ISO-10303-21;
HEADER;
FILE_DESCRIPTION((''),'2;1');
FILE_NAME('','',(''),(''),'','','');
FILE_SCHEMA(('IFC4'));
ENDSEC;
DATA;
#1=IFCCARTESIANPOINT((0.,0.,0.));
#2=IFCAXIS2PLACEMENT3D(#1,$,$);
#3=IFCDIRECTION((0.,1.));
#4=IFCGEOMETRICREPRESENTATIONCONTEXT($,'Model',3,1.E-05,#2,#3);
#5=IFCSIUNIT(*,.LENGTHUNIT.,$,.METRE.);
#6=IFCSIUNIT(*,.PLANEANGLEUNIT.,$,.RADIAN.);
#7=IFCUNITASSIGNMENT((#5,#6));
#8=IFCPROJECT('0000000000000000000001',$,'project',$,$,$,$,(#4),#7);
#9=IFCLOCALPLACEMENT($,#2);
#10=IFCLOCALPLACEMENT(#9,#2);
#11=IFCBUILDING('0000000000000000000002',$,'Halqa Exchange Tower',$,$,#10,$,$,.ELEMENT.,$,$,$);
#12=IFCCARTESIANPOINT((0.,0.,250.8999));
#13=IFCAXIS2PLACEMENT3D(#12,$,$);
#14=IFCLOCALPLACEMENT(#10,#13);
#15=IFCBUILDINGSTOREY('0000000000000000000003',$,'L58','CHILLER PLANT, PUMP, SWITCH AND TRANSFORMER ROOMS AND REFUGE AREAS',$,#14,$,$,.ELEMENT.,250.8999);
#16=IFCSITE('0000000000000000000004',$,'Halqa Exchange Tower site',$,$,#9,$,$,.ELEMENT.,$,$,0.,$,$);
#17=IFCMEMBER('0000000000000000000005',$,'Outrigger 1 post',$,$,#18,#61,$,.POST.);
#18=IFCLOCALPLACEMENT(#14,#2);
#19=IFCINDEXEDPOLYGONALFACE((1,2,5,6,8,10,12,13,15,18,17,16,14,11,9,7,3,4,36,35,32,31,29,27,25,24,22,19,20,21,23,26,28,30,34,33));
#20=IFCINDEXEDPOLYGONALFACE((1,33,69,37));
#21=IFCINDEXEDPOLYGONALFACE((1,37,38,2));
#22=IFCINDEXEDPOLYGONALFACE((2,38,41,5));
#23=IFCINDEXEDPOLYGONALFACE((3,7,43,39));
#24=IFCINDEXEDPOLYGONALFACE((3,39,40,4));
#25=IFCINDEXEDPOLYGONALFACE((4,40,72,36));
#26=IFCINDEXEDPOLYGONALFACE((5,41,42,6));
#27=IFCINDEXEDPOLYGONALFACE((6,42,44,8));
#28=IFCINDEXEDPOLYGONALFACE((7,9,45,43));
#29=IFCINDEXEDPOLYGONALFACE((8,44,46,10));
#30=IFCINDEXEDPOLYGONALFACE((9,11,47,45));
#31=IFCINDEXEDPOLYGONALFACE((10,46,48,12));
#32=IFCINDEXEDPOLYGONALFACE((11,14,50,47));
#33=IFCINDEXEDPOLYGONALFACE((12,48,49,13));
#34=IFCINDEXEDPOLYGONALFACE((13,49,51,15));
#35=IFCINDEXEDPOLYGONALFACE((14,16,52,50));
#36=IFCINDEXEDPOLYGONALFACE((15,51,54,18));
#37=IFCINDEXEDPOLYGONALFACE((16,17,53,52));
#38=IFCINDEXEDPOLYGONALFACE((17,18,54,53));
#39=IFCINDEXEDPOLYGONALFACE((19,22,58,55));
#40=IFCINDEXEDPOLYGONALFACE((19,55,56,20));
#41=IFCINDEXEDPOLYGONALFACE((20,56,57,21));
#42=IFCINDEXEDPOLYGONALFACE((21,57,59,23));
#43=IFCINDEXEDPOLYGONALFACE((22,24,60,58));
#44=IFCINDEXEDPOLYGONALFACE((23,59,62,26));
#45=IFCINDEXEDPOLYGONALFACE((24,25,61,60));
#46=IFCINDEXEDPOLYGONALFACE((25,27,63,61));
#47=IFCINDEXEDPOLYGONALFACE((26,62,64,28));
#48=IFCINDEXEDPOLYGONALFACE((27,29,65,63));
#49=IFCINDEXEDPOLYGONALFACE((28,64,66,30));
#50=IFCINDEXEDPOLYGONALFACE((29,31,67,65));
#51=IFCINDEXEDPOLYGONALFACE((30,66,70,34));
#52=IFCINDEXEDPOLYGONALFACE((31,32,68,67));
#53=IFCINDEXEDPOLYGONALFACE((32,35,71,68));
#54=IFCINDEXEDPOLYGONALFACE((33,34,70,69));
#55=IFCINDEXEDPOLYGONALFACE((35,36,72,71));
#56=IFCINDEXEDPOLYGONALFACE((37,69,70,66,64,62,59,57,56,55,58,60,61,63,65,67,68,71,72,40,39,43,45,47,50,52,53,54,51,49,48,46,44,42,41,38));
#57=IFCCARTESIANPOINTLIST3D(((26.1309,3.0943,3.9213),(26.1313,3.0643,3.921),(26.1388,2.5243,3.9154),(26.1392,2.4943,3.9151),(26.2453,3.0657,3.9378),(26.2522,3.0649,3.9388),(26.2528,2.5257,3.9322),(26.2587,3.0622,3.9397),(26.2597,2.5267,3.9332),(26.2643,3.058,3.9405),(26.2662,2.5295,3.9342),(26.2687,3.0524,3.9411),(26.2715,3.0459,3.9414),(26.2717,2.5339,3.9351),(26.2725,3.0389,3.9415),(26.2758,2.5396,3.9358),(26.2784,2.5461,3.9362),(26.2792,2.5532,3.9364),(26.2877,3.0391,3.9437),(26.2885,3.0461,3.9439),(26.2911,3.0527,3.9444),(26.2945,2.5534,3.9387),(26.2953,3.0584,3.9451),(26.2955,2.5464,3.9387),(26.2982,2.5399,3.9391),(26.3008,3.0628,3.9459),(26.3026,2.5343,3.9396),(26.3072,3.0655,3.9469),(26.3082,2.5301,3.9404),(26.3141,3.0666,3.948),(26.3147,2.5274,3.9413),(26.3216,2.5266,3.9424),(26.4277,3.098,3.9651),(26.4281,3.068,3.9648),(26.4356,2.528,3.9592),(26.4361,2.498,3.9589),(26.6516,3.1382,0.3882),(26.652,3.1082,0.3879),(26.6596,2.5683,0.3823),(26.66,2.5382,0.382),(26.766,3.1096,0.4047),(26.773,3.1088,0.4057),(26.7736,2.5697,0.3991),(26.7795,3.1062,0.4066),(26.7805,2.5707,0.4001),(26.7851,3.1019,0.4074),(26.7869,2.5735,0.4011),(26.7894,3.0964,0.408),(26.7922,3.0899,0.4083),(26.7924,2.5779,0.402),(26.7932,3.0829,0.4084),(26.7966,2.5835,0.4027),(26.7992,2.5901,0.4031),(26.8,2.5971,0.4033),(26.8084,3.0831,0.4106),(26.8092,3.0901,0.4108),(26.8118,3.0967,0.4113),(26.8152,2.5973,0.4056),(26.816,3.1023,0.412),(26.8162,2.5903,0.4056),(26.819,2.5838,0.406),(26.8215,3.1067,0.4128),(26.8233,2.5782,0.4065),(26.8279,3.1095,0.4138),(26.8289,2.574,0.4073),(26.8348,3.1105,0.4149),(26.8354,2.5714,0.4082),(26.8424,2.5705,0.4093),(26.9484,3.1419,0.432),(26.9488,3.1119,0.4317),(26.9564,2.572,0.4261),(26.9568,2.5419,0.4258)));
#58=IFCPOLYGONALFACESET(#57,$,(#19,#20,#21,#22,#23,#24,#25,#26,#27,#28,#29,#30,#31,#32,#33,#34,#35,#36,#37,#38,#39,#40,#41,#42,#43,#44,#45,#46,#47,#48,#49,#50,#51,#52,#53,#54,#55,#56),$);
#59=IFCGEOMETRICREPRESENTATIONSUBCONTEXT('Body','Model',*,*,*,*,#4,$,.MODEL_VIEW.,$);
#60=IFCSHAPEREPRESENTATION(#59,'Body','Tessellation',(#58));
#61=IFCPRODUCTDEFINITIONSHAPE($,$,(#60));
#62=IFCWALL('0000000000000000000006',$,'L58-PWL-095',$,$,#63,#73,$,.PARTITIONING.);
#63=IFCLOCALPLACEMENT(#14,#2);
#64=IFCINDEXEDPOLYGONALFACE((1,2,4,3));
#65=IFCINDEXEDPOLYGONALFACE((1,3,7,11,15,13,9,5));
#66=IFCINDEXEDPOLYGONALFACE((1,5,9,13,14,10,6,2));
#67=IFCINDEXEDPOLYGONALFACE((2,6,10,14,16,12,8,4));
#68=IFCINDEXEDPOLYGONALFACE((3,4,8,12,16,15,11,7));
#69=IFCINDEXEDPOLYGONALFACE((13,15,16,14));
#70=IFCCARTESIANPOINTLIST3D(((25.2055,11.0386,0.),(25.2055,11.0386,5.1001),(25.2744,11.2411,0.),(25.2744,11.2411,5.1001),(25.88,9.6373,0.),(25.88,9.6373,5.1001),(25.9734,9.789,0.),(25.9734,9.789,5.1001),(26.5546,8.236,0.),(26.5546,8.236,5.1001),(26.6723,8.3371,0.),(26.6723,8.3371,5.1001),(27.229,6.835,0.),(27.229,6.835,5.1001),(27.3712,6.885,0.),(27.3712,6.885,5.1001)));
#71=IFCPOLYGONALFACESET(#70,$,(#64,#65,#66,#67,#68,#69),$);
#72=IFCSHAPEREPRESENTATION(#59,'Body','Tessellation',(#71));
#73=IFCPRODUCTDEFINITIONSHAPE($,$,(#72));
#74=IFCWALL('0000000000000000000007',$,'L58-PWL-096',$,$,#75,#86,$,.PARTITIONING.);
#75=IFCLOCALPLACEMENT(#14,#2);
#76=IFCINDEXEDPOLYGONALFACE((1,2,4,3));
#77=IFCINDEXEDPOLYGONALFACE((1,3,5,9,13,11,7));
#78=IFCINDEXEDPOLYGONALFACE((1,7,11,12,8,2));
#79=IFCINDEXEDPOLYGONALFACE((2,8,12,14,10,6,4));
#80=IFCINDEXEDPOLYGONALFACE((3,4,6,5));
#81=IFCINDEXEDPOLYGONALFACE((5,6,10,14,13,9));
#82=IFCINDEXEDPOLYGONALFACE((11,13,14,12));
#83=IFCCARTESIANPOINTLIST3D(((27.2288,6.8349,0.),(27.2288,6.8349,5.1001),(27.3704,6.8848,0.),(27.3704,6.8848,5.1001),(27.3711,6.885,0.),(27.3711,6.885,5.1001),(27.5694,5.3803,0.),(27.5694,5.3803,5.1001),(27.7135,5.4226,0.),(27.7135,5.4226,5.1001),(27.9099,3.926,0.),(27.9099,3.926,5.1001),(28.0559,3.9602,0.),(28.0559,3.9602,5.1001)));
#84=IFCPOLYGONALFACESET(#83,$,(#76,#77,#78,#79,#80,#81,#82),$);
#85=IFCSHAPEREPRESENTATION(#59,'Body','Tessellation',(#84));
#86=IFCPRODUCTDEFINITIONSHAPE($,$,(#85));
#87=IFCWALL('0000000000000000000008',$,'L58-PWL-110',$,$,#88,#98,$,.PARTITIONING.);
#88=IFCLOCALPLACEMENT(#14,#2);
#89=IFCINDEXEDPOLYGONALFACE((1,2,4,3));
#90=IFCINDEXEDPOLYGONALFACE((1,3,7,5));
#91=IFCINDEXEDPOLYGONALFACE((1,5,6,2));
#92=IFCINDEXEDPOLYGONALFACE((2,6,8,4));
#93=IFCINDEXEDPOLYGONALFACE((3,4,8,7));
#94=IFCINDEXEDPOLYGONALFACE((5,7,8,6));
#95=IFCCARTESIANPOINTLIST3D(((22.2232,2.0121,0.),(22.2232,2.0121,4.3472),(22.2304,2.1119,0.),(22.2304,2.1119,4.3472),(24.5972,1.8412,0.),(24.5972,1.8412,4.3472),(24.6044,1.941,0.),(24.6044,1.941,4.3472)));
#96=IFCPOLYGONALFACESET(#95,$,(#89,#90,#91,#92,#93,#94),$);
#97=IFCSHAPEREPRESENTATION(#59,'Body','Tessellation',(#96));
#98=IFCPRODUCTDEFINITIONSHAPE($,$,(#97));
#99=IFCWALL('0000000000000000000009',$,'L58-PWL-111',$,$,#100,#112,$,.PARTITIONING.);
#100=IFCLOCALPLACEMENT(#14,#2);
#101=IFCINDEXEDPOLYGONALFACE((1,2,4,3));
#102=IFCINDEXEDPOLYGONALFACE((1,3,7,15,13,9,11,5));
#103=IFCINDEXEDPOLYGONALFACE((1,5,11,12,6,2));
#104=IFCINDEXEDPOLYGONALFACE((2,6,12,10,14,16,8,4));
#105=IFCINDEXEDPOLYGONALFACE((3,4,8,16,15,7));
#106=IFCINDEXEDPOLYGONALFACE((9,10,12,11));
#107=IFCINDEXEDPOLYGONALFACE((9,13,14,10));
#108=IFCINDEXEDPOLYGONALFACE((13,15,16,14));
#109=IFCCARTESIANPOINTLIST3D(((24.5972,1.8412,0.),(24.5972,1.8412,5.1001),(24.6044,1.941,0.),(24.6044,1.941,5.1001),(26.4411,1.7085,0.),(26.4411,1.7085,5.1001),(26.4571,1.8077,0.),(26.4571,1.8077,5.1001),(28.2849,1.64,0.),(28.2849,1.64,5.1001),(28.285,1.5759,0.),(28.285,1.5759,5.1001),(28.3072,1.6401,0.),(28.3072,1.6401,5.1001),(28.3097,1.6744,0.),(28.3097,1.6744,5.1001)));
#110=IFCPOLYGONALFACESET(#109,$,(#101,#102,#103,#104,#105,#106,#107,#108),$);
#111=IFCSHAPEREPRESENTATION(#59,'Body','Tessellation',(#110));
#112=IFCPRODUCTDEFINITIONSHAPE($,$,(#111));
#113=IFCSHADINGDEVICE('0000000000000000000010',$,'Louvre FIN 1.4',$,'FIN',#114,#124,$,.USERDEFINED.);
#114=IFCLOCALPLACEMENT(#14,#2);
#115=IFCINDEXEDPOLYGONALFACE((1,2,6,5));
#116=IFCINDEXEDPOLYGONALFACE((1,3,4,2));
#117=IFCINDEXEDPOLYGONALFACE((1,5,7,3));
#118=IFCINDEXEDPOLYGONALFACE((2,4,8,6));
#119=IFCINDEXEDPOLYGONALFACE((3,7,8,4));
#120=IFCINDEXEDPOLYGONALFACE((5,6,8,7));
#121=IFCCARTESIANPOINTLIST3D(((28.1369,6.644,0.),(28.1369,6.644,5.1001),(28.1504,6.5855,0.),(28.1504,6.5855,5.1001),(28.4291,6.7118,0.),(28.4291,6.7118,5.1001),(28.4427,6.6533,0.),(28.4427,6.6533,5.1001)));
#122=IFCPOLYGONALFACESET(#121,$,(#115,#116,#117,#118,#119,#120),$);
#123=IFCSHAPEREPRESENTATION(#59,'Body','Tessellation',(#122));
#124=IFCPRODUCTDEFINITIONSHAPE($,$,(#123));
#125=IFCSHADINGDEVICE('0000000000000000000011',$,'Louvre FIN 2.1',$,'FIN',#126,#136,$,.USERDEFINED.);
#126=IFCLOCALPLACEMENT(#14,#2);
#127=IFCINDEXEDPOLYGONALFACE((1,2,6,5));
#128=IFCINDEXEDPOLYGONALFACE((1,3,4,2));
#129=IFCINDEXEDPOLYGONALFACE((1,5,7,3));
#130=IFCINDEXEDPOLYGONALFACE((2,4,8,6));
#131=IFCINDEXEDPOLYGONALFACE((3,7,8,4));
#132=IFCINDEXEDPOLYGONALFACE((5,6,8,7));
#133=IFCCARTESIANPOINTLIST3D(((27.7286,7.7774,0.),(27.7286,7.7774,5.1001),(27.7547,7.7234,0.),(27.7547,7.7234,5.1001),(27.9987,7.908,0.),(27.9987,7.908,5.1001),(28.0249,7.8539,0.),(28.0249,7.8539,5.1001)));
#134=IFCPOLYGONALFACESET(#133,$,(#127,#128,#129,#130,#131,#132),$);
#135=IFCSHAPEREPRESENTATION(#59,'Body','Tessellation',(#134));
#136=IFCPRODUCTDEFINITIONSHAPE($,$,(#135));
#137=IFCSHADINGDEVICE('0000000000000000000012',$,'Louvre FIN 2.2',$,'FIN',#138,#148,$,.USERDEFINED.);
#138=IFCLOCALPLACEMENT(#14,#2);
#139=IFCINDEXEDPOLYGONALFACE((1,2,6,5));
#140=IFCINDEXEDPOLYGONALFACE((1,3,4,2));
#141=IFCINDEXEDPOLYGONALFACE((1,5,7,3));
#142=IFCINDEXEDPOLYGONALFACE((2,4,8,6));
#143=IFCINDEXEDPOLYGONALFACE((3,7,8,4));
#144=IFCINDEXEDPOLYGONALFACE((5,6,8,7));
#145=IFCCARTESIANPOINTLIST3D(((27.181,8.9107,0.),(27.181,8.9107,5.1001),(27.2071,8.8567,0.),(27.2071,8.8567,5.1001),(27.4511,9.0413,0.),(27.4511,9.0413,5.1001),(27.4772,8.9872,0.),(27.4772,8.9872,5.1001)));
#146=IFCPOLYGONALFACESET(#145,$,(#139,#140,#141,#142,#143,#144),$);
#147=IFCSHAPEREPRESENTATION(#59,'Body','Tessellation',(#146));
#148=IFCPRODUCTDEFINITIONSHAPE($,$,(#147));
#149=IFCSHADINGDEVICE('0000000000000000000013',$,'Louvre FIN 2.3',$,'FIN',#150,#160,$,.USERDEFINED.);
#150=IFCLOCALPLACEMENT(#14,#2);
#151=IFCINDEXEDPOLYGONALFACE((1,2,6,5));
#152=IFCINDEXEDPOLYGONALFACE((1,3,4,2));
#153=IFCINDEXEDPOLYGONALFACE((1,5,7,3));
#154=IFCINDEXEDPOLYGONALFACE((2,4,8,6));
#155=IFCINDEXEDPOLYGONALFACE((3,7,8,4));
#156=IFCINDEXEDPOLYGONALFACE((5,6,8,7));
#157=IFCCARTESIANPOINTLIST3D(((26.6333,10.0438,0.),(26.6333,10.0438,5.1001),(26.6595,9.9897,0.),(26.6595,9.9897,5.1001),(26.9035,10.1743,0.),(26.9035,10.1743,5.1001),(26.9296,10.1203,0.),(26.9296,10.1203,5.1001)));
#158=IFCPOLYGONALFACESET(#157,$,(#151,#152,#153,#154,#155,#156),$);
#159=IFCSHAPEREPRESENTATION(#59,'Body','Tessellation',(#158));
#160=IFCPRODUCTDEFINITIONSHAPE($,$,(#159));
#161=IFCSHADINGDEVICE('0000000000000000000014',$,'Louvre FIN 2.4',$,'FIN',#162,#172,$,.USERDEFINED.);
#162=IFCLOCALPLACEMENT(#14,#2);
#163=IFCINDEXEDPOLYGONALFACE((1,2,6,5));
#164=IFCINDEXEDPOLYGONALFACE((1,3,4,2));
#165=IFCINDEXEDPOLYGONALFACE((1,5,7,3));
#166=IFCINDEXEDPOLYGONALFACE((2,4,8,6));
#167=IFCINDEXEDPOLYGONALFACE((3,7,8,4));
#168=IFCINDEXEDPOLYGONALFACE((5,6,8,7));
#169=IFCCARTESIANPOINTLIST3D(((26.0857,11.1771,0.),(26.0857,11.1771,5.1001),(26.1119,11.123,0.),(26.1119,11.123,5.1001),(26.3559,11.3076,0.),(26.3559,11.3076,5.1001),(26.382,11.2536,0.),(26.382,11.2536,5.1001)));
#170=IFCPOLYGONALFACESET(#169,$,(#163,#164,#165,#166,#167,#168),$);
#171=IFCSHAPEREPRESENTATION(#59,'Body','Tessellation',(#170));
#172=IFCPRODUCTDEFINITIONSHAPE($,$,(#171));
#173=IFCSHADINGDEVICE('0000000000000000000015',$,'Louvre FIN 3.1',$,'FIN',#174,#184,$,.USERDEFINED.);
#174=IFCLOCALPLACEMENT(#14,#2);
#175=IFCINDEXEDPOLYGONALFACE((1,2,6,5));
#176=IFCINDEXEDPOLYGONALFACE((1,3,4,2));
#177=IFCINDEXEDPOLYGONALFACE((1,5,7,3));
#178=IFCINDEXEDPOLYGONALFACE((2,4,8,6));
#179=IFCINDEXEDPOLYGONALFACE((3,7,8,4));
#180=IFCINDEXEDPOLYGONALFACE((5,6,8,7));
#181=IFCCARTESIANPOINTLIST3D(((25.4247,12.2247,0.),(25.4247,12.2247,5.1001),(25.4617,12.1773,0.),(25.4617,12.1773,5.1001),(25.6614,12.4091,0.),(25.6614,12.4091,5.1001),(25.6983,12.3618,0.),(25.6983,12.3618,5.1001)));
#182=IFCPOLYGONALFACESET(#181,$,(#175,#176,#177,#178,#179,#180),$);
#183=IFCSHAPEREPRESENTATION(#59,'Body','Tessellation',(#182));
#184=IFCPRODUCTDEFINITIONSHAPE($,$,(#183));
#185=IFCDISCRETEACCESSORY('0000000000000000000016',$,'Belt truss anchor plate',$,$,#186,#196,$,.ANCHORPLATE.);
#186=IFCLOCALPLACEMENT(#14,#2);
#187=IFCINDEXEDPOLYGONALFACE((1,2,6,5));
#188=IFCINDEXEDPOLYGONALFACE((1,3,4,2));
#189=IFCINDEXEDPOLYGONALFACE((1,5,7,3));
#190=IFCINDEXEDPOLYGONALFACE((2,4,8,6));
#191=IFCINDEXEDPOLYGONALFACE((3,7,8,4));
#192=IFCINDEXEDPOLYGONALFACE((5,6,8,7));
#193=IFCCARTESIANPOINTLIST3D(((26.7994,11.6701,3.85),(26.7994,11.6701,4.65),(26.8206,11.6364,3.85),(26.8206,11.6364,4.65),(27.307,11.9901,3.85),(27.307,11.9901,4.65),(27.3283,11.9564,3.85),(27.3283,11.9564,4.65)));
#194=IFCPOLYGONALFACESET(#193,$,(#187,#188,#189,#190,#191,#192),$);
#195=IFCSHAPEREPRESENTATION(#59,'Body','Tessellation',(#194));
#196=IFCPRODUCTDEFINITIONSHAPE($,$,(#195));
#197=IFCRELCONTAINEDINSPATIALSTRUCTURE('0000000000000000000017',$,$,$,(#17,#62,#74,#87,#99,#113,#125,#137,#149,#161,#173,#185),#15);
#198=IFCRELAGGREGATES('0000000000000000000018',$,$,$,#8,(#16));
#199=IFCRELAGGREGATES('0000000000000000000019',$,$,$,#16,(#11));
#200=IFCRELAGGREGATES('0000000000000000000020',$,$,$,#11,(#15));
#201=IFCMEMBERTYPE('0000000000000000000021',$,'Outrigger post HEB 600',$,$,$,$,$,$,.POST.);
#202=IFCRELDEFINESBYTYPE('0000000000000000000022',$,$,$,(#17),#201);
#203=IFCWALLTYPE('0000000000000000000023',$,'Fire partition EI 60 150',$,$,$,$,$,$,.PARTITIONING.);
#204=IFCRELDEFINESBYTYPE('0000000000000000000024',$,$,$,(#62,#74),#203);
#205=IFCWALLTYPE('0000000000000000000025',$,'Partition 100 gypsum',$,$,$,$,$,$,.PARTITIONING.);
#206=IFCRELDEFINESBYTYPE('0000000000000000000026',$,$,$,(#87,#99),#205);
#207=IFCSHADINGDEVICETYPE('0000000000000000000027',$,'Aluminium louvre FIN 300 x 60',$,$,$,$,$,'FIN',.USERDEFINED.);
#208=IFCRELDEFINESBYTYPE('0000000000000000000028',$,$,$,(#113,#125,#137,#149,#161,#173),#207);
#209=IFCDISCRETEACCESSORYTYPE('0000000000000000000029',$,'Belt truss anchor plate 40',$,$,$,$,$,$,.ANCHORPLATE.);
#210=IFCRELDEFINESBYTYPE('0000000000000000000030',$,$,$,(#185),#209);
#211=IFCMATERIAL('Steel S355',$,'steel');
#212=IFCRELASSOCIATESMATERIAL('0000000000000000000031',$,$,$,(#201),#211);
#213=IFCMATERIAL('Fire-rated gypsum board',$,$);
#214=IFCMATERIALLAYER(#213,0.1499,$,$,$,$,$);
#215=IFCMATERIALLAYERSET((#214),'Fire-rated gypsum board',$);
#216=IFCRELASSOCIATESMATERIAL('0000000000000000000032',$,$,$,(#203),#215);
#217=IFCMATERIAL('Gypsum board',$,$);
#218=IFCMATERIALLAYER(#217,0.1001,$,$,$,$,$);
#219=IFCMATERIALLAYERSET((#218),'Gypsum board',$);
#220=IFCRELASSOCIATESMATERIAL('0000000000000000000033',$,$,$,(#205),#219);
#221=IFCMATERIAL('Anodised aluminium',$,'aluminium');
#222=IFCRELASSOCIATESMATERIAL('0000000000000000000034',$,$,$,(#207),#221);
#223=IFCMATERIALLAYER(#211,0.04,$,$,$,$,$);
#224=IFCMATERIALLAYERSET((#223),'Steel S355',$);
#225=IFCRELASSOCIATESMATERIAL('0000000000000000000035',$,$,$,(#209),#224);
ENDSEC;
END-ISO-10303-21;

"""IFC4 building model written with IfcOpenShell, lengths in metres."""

from ifc_helpers import new_model, si_unit, direction, frame, origin, origin_2d, place, context, subcontext, project, spatial, polyline, rectangle, i_section, outline, extrude, material, layer, layer_set, material_profile, profile_set, type_object, element, save


model = new_model("IFC4")

# Units and contexts
model_context = context("Model", 3, precision=1e-05, world=origin(), true_north=direction((0.0, 1.0)))
body_context = subcontext(model_context, "Body", "Model", "MODEL_VIEW")
ifc_project = project(units=[si_unit("LENGTHUNIT", "METRE"), si_unit("PLANEANGLEUNIT", "RADIAN")], contexts=[model_context])

# Site, building, storey
site_placement = place(None, origin())
site = spatial("IfcSite", under=ifc_project, at=site_placement, Name="Halqa Exchange Tower site", CompositionType="ELEMENT", RefElevation=0.0)
building_placement = place(site_placement, origin())
building = spatial("IfcBuilding", under=site, at=building_placement, Name="Halqa Exchange Tower", CompositionType="ELEMENT")
storey_placement = place(building_placement, frame((0.0, 0.0, 250.8999)))
storey = spatial("IfcBuildingStorey", under=building, at=storey_placement, Name="L58", Description="CHILLER PLANT, PUMP, SWITCH AND TRANSFORMER ROOMS AND REFUGE AREAS", CompositionType="ELEMENT", Elevation=250.8999)

# Member
ifc_material_1 = material(Name="Steel S355", Category="steel")
ifc_material_profile_1 = material_profile(ifc_material_1, i_section(OverallWidth=0.3, OverallDepth=0.6001, WebThickness=0.0154, FlangeThickness=0.03, FilletRadius=0.0271, at=origin_2d()), Name="HEB 600")
ifc_profile_set_1 = profile_set([ifc_material_profile_1], Name="Steel S355")
member_type_1 = type_object("IfcMemberType", Name="Outrigger post HEB 600", PredefinedType="POST", material=ifc_profile_set_1)
member_1_placement = place(storey_placement, frame((26.8042, 2.8401, 0.407), z_axis=(-0.145802, -0.012304, 0.989237), x_axis=(0.989215, 0.012286, 0.145951)))
element("IfcMember", 1, at=member_1_placement, inside=storey, type_object=member_type_1, Name="Outrigger 1 post", PredefinedType="POST", context=body_context, shape_type="SweptSolid", body=[
    extrude(i_section(OverallWidth=0.3, OverallDepth=0.6001, WebThickness=0.0154, FlangeThickness=0.03, FilletRadius=0.0271, at=origin_2d()), origin(), (0.0, 0.0, 1.0), 3.5715),
])

# Shared definitions
ifc_material_2 = material(Name="Fire-rated gypsum board")
ifc_layer_1 = layer(ifc_material_2, 0.1499)
ifc_layer_set_1 = layer_set([ifc_layer_1], Name="Fire-rated gypsum board")
wall_type_1 = type_object("IfcWallType", Name="Fire partition EI 60 150", PredefinedType="PARTITIONING", material=ifc_layer_set_1)

# Walls
wall_1_placement = place(storey_placement, frame((27.3037, 6.8525, 0.0), z_axis=(0.0, 0.0, 1.0), x_axis=(-0.433731, 0.901043, 0.0)))
element("IfcWall", 2, at=wall_1_placement, inside=storey, type_object=wall_type_1, Name="L58-PWL-095", PredefinedType="PARTITIONING", context=body_context, shape_type="SweptSolid", body=[
    extrude(outline(polyline([(0.0, -0.075), (1.6116, -0.075), (3.2229, -0.075), (4.8345, -0.075), (4.6819, 0.075), (3.1267, 0.075), (1.5715, 0.075), (0.0166, 0.075), (0.0, -0.075)])), origin(), (0.0, 0.0, 1.0), 5.1001),
])
wall_2_placement = place(storey_placement, frame((27.2981, 6.8679, 0.0), z_axis=(0.0, 0.0, 1.0), x_axis=(0.227975, -0.973667, 0.0)))
element("IfcWall", 3, at=wall_2_placement, inside=storey, type_object=wall_type_1, Name="L58-PWL-096", PredefinedType="PARTITIONING", context=body_context, shape_type="SweptSolid", body=[
    extrude(outline(polyline([(0.0, 0.075), (0.0, 0.0742), (0.0164, -0.075), (1.5103, -0.075), (3.0039, -0.075), (3.0039, 0.075), (1.502, 0.075), (0.0, 0.075)])), origin(), (0.0, 0.0, 1.0), 5.1001),
])
ifc_material_3 = material(Name="Gypsum board")
ifc_layer_2 = layer(ifc_material_3, 0.1001)
ifc_layer_set_2 = layer_set([ifc_layer_2], Name="Gypsum board")
wall_type_2 = type_object("IfcWallType", Name="Partition 100 gypsum", PredefinedType="PARTITIONING", material=ifc_layer_set_2)
wall_3_placement = place(storey_placement, frame((22.2268, 2.062, 0.0), z_axis=(0.0, 0.0, 1.0), x_axis=(0.997419, -0.071801, 0.0)))
element("IfcWall", 4, at=wall_3_placement, inside=storey, type_object=wall_type_2, Name="L58-PWL-110", PredefinedType="PARTITIONING", context=body_context, shape_type="SweptSolid", body=[
    extrude(outline(polyline([(0.0, 0.05), (0.0, -0.05), (2.3801, -0.05), (2.3801, 0.05), (0.0, 0.05)])), origin(), (0.0, 0.0, 1.0), 4.3472),
])
wall_4_placement = place(storey_placement, frame((24.6008, 1.8911, 0.0), z_axis=(0.0, 0.0, 1.0), x_axis=(0.997422, -0.071765, 0.0)))
element("IfcWall", 5, at=wall_4_placement, inside=storey, type_object=wall_type_2, Name="L58-PWL-111", PredefinedType="PARTITIONING", context=body_context, shape_type="SweptSolid", body=[
    extrude(outline(polyline([(0.0, -0.05), (1.8486, -0.05), (3.6973, -0.05), (3.6926, 0.0139), (3.7148, 0.0156), (3.7148, 0.05), (1.8574, 0.05), (0.0, 0.05), (0.0, -0.05)])), origin(), (0.0, 0.0, 1.0), 5.1001),
])

# Shading devices
ifc_material_4 = material(Name="Anodised aluminium", Category="aluminium")
ifc_material_profile_2 = material_profile(ifc_material_4, rectangle(XDim=0.3, YDim=0.0601, at=origin_2d()), Name="AL FIN 300x60")
ifc_profile_set_2 = profile_set([ifc_material_profile_2], Name="Anodised aluminium")
shading_device_type = type_object("IfcShadingDeviceType", Name="Aluminium louvre FIN 300 x 60", ElementType="FIN", PredefinedType="USERDEFINED", material=ifc_profile_set_2)
for number, where, z_axis, x_axis, name in (
    (6, (28.2898, 6.6487, 0.0), (0.0, 0.0, 1.0), (-0.974113, -0.226061, 0.0), "Louvre FIN 1.4"),
    (7, (27.8767, 7.8157, 0.0), (0.0, 0.0, 1.0), (-0.900386, -0.435093, 0.0), "Louvre FIN 2.1"),
    (8, (27.3291, 8.949, 0.0), (0.0, 0.0, 1.0), (-0.900386, -0.435093, 0.0), "Louvre FIN 2.2"),
    (9, (26.7815, 10.082, 0.0), (0.0, 0.0, 1.0), (-0.900386, -0.435093, 0.0), "Louvre FIN 2.3"),
    (10, (26.2339, 11.2153, 0.0), (0.0, 0.0, 1.0), (-0.900386, -0.435093, 0.0), "Louvre FIN 2.4"),
    (11, (25.5615, 12.2932, 0.0), (0.0, 0.0, 1.0), (-0.78867, -0.614817, 0.0), "Louvre FIN 3.1"),
):
    element("IfcShadingDevice", number, at=place(storey_placement, frame(where, z_axis=z_axis, x_axis=x_axis)), inside=storey, type_object=shading_device_type, Name=name, ObjectType="FIN", PredefinedType="USERDEFINED", context=body_context, shape_type="SweptSolid", body=[
        extrude(rectangle(XDim=0.3, YDim=0.0601, at=origin_2d()), origin(), (0.0, 0.0, 1.0), 5.1001),
    ])

# Discrete accessory
ifc_layer_3 = layer(ifc_material_1, 0.04)
ifc_layer_set_3 = layer_set([ifc_layer_3], Name="Steel S355")
discrete_accessory_type = type_object("IfcDiscreteAccessoryType", Name="Belt truss anchor plate 40", PredefinedType="ANCHORPLATE", material=ifc_layer_set_3)
discrete_accessory_1_placement = place(storey_placement, frame((27.0532, 11.8301, 4.25), z_axis=(0.533301, -0.845926, 0.0), x_axis=(0.845926, 0.533301, 0.0)))
element("IfcDiscreteAccessory", 12, at=discrete_accessory_1_placement, inside=storey, type_object=discrete_accessory_type, Name="Belt truss anchor plate", PredefinedType="ANCHORPLATE", context=body_context, shape_type="SweptSolid", body=[
    extrude(rectangle(XDim=0.6001, YDim=0.8, at=origin_2d()), origin(), (0.0, 0.0, 1.0), 0.0398),
])

save(model, "model.ifc")
